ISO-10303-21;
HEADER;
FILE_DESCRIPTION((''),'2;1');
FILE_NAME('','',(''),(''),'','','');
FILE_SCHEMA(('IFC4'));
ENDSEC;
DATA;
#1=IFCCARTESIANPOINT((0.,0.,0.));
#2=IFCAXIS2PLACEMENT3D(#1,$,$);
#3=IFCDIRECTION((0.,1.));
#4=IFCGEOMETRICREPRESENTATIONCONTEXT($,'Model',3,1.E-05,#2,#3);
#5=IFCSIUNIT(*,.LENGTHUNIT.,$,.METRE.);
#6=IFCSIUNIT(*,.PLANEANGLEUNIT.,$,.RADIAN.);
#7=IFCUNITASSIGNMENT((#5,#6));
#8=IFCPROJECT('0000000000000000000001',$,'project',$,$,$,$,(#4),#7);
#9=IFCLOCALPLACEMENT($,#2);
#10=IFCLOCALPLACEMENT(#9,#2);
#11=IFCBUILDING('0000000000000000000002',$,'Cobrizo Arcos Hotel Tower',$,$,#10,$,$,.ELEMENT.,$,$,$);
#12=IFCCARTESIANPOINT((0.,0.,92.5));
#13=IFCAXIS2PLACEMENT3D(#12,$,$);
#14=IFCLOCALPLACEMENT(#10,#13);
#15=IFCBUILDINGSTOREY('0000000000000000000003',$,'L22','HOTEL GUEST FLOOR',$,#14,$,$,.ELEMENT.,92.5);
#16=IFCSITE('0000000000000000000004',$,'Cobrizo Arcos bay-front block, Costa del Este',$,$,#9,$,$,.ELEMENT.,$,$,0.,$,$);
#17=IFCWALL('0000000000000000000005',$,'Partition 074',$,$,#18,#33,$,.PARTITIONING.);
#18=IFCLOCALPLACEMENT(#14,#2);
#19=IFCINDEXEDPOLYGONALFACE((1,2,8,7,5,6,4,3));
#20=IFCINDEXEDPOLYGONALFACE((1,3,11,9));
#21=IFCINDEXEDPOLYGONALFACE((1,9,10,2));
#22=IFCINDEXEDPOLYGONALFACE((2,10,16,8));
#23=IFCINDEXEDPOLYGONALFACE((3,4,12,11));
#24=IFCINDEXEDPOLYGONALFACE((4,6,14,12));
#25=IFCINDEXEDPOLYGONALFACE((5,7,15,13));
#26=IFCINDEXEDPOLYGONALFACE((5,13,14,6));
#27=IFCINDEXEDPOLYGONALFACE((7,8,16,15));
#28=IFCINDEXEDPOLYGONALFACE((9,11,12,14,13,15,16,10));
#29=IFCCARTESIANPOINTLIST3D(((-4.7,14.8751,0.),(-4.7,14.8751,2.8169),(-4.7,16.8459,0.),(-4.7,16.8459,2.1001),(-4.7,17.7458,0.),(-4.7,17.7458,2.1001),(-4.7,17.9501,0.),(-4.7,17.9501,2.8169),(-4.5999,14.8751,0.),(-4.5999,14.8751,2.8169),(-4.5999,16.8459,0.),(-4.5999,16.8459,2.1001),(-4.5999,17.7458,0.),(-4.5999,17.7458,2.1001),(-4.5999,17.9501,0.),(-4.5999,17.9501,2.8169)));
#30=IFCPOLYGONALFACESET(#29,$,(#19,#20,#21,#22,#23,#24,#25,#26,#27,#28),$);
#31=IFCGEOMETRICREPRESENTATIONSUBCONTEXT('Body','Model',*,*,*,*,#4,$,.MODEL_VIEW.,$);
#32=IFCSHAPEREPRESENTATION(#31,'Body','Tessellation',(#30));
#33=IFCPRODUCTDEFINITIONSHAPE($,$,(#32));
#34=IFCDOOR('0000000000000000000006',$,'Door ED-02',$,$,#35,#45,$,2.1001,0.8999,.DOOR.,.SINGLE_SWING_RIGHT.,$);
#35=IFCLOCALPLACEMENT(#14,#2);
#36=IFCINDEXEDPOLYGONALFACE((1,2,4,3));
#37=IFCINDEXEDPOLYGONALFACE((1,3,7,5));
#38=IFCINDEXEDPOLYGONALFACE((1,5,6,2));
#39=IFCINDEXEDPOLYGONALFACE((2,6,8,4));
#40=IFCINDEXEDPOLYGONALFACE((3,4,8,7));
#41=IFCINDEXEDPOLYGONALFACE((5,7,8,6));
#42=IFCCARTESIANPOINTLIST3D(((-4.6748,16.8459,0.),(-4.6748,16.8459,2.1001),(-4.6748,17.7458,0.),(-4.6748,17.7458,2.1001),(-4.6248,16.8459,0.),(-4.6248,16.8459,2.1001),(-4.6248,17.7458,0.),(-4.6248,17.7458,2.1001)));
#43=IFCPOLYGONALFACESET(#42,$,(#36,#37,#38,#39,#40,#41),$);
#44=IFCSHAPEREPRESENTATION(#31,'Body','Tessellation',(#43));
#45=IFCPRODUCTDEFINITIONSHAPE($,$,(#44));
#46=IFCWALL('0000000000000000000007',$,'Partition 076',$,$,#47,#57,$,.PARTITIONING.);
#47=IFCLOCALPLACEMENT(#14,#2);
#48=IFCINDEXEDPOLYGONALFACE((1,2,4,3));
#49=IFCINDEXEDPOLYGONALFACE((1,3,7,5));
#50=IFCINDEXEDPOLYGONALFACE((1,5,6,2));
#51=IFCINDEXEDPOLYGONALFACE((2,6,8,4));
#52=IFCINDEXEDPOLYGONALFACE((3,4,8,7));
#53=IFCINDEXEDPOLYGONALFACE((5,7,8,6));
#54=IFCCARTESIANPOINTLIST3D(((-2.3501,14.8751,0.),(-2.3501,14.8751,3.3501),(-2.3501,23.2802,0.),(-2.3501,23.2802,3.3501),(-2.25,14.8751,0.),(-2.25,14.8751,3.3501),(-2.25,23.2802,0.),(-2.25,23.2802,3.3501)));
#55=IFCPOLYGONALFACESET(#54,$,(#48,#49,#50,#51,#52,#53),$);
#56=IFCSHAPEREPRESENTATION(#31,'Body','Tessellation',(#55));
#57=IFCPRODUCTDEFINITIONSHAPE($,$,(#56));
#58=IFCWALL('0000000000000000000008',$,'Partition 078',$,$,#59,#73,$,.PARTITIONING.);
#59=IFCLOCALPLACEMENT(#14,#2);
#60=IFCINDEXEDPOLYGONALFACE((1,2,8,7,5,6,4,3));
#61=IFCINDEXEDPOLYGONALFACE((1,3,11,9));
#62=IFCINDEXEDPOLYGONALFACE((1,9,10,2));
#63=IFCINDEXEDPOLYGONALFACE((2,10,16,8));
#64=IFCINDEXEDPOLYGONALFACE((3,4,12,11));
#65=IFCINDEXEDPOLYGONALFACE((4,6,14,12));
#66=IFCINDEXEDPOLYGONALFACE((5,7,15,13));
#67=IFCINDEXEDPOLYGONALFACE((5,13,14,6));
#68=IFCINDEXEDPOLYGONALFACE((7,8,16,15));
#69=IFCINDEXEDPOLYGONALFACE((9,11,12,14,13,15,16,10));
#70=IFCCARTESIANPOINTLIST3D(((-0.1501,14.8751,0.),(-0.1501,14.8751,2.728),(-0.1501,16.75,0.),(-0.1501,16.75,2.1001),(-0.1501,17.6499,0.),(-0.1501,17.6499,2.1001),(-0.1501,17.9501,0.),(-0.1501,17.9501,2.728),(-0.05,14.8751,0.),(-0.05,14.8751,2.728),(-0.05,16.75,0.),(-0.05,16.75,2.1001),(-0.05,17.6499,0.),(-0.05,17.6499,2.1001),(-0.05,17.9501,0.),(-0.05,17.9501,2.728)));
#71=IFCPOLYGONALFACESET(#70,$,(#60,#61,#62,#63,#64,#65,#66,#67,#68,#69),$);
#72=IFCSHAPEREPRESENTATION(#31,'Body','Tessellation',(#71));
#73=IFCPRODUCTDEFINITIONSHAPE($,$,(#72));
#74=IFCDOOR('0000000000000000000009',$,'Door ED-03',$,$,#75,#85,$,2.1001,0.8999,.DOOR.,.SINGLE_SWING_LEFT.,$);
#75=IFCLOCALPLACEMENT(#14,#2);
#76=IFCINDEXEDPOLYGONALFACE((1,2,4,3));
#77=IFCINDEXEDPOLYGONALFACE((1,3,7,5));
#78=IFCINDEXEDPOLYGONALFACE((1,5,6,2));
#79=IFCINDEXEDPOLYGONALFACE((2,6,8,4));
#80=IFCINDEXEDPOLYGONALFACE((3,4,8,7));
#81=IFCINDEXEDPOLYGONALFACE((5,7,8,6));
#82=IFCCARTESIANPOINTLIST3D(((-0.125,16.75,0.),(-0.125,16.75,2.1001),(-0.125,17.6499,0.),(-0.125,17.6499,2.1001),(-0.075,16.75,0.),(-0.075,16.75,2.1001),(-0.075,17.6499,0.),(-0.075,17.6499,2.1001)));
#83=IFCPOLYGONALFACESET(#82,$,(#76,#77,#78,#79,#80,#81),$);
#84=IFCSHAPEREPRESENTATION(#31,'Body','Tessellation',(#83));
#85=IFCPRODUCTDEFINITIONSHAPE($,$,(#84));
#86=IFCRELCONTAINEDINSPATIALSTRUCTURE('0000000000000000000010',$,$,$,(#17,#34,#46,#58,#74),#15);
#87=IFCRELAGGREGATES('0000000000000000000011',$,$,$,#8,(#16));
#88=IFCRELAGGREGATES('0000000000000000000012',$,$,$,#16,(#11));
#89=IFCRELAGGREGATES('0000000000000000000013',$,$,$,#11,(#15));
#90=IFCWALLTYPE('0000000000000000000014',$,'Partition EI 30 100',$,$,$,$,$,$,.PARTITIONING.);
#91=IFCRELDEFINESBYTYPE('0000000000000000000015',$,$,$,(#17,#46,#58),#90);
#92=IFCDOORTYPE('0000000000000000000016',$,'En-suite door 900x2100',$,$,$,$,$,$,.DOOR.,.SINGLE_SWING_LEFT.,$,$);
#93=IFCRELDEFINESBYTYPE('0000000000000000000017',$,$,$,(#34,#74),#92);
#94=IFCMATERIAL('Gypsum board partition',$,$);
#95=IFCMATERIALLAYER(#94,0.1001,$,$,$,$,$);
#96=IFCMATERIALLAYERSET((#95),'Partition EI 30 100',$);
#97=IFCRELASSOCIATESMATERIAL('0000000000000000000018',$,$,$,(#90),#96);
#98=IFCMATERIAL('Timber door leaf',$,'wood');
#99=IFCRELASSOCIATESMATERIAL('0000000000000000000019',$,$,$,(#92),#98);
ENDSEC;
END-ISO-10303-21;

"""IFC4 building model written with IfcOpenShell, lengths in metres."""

from ifc_helpers import new_model, si_unit, direction, frame, frame_2d, origin, place, context, subcontext, project, spatial, rectangle, extrude, material, layer, layer_set, type_object, element, fill, save


model = new_model("IFC4")

# Units and contexts
model_context = context("Model", 3, precision=1e-05, world=origin(), true_north=direction((0.0, 1.0)))
body_context = subcontext(model_context, "Body", "Model", "MODEL_VIEW")
ifc_project = project(units=[si_unit("LENGTHUNIT", "METRE"), si_unit("PLANEANGLEUNIT", "RADIAN")], contexts=[model_context])

# Site, building, storey
site_placement = place(None, origin())
site = spatial("IfcSite", under=ifc_project, at=site_placement, Name="Cobrizo Arcos bay-front block, Costa del Este", CompositionType="ELEMENT", RefElevation=0.0)
building_placement = place(site_placement, origin())
building = spatial("IfcBuilding", under=site, at=building_placement, Name="Cobrizo Arcos Hotel Tower", CompositionType="ELEMENT")
storey_placement = place(building_placement, frame((0.0, 0.0, 92.5)))
storey = spatial("IfcBuildingStorey", under=building, at=storey_placement, Name="L22", Description="HOTEL GUEST FLOOR", CompositionType="ELEMENT", Elevation=92.5)

# Shared definitions
ifc_material_1 = material(Name="Gypsum board partition")
ifc_layer_1 = layer(ifc_material_1, 0.1001)
ifc_layer_set_1 = layer_set([ifc_layer_1], Name="Partition EI 30 100")
wall_type = type_object("IfcWallType", Name="Partition EI 30 100", PredefinedType="PARTITIONING", material=ifc_layer_set_1)

# Shared definitions
ifc_material_2 = material(Name="Timber door leaf", Category="wood")
door_type = type_object("IfcDoorType", Name="En-suite door 900x2100", OperationType="SINGLE_SWING_LEFT", PredefinedType="DOOR", material=ifc_material_2)

# Wall, opening, door
wall_1_placement = place(storey_placement, frame((-4.6499, 14.875, 0.0), z_axis=(0.0, 0.0, 1.0), x_axis=(0.0, 1.0, 0.0)))
wall_1 = element("IfcWall", 1, at=wall_1_placement, inside=storey, type_object=wall_type, Name="Partition 074", PredefinedType="PARTITIONING", context=body_context, shape_type="SweptSolid", body=[
    extrude(rectangle(XDim=3.075, YDim=0.1001, at=frame_2d((1.5376, 0.0))), origin(), (0.0, 0.0, 1.0), 2.8169),
])
opening_1_placement = place(wall_1_placement, frame((1.9709, 0.0, 0.0)))
opening_1 = element("IfcOpeningElement", 2, at=opening_1_placement, cuts=wall_1, PredefinedType="OPENING", context=body_context, shape_type="SweptSolid", body=[
    extrude(rectangle(XDim=0.8999, YDim=2.1001, at=frame_2d((0.45, 1.05))), frame((0.0, 0.062, 0.0), z_axis=(0.0, -1.0, 0.0), x_axis=(1.0, 0.0, 0.0)), (0.0, 0.0, 1.0), 0.124),
])
door_1_placement = place(opening_1_placement, origin())
door_1 = element("IfcDoor", 3, at=door_1_placement, inside=storey, type_object=door_type, Name="Door ED-02", OperationType="SINGLE_SWING_RIGHT", OverallHeight=2.1001, OverallWidth=0.8999, PredefinedType="DOOR", context=body_context, shape_type="SweptSolid", body=[
    extrude(rectangle(XDim=0.8999, YDim=2.1001, at=frame_2d((0.45, 1.05))), frame((0.0, 0.0249, 0.0), z_axis=(0.0, -1.0, 0.0), x_axis=(1.0, 0.0, 0.0)), (0.0, 0.0, 1.0), 0.05),
])
fill(opening_1, door_1)

# Wall
wall_2_placement = place(storey_placement, frame((-2.3, 14.875, 0.0), z_axis=(0.0, 0.0, 1.0), x_axis=(0.0, 1.0, 0.0)))
element("IfcWall", 4, at=wall_2_placement, inside=storey, type_object=wall_type, Name="Partition 076", PredefinedType="PARTITIONING", context=body_context, shape_type="SweptSolid", body=[
    extrude(rectangle(XDim=8.405, YDim=0.1001, at=frame_2d((4.2026, 0.0))), origin(), (0.0, 0.0, 1.0), 3.3501),
])

# Wall, opening, door
wall_3_placement = place(storey_placement, frame((-0.1001, 14.875, 0.0), z_axis=(0.0, 0.0, 1.0), x_axis=(0.0, 1.0, 0.0)))
wall_3 = element("IfcWall", 5, at=wall_3_placement, inside=storey, type_object=wall_type, Name="Partition 078", PredefinedType="PARTITIONING", context=body_context, shape_type="SweptSolid", body=[
    extrude(rectangle(XDim=3.075, YDim=0.1001, at=frame_2d((1.5376, 0.0))), origin(), (0.0, 0.0, 1.0), 2.728),
])
opening_2_placement = place(wall_3_placement, frame((1.875, 0.0, 0.0)))
opening_2 = element("IfcOpeningElement", 6, at=opening_2_placement, cuts=wall_3, PredefinedType="OPENING", context=body_context, shape_type="SweptSolid", body=[
    extrude(rectangle(XDim=0.8999, YDim=2.1001, at=frame_2d((0.45, 1.05))), frame((0.0, 0.062, 0.0), z_axis=(0.0, -1.0, 0.0), x_axis=(1.0, 0.0, 0.0)), (0.0, 0.0, 1.0), 0.124),
])
door_2_placement = place(opening_2_placement, origin())
door_2 = element("IfcDoor", 7, at=door_2_placement, inside=storey, type_object=door_type, Name="Door ED-03", OperationType="SINGLE_SWING_LEFT", OverallHeight=2.1001, OverallWidth=0.8999, PredefinedType="DOOR", context=body_context, shape_type="SweptSolid", body=[
    extrude(rectangle(XDim=0.8999, YDim=2.1001, at=frame_2d((0.45, 1.05))), frame((0.0, 0.0249, 0.0), z_axis=(0.0, -1.0, 0.0), x_axis=(1.0, 0.0, 0.0)), (0.0, 0.0, 1.0), 0.05),
])
fill(opening_2, door_2)

save(model, "model.ifc")
